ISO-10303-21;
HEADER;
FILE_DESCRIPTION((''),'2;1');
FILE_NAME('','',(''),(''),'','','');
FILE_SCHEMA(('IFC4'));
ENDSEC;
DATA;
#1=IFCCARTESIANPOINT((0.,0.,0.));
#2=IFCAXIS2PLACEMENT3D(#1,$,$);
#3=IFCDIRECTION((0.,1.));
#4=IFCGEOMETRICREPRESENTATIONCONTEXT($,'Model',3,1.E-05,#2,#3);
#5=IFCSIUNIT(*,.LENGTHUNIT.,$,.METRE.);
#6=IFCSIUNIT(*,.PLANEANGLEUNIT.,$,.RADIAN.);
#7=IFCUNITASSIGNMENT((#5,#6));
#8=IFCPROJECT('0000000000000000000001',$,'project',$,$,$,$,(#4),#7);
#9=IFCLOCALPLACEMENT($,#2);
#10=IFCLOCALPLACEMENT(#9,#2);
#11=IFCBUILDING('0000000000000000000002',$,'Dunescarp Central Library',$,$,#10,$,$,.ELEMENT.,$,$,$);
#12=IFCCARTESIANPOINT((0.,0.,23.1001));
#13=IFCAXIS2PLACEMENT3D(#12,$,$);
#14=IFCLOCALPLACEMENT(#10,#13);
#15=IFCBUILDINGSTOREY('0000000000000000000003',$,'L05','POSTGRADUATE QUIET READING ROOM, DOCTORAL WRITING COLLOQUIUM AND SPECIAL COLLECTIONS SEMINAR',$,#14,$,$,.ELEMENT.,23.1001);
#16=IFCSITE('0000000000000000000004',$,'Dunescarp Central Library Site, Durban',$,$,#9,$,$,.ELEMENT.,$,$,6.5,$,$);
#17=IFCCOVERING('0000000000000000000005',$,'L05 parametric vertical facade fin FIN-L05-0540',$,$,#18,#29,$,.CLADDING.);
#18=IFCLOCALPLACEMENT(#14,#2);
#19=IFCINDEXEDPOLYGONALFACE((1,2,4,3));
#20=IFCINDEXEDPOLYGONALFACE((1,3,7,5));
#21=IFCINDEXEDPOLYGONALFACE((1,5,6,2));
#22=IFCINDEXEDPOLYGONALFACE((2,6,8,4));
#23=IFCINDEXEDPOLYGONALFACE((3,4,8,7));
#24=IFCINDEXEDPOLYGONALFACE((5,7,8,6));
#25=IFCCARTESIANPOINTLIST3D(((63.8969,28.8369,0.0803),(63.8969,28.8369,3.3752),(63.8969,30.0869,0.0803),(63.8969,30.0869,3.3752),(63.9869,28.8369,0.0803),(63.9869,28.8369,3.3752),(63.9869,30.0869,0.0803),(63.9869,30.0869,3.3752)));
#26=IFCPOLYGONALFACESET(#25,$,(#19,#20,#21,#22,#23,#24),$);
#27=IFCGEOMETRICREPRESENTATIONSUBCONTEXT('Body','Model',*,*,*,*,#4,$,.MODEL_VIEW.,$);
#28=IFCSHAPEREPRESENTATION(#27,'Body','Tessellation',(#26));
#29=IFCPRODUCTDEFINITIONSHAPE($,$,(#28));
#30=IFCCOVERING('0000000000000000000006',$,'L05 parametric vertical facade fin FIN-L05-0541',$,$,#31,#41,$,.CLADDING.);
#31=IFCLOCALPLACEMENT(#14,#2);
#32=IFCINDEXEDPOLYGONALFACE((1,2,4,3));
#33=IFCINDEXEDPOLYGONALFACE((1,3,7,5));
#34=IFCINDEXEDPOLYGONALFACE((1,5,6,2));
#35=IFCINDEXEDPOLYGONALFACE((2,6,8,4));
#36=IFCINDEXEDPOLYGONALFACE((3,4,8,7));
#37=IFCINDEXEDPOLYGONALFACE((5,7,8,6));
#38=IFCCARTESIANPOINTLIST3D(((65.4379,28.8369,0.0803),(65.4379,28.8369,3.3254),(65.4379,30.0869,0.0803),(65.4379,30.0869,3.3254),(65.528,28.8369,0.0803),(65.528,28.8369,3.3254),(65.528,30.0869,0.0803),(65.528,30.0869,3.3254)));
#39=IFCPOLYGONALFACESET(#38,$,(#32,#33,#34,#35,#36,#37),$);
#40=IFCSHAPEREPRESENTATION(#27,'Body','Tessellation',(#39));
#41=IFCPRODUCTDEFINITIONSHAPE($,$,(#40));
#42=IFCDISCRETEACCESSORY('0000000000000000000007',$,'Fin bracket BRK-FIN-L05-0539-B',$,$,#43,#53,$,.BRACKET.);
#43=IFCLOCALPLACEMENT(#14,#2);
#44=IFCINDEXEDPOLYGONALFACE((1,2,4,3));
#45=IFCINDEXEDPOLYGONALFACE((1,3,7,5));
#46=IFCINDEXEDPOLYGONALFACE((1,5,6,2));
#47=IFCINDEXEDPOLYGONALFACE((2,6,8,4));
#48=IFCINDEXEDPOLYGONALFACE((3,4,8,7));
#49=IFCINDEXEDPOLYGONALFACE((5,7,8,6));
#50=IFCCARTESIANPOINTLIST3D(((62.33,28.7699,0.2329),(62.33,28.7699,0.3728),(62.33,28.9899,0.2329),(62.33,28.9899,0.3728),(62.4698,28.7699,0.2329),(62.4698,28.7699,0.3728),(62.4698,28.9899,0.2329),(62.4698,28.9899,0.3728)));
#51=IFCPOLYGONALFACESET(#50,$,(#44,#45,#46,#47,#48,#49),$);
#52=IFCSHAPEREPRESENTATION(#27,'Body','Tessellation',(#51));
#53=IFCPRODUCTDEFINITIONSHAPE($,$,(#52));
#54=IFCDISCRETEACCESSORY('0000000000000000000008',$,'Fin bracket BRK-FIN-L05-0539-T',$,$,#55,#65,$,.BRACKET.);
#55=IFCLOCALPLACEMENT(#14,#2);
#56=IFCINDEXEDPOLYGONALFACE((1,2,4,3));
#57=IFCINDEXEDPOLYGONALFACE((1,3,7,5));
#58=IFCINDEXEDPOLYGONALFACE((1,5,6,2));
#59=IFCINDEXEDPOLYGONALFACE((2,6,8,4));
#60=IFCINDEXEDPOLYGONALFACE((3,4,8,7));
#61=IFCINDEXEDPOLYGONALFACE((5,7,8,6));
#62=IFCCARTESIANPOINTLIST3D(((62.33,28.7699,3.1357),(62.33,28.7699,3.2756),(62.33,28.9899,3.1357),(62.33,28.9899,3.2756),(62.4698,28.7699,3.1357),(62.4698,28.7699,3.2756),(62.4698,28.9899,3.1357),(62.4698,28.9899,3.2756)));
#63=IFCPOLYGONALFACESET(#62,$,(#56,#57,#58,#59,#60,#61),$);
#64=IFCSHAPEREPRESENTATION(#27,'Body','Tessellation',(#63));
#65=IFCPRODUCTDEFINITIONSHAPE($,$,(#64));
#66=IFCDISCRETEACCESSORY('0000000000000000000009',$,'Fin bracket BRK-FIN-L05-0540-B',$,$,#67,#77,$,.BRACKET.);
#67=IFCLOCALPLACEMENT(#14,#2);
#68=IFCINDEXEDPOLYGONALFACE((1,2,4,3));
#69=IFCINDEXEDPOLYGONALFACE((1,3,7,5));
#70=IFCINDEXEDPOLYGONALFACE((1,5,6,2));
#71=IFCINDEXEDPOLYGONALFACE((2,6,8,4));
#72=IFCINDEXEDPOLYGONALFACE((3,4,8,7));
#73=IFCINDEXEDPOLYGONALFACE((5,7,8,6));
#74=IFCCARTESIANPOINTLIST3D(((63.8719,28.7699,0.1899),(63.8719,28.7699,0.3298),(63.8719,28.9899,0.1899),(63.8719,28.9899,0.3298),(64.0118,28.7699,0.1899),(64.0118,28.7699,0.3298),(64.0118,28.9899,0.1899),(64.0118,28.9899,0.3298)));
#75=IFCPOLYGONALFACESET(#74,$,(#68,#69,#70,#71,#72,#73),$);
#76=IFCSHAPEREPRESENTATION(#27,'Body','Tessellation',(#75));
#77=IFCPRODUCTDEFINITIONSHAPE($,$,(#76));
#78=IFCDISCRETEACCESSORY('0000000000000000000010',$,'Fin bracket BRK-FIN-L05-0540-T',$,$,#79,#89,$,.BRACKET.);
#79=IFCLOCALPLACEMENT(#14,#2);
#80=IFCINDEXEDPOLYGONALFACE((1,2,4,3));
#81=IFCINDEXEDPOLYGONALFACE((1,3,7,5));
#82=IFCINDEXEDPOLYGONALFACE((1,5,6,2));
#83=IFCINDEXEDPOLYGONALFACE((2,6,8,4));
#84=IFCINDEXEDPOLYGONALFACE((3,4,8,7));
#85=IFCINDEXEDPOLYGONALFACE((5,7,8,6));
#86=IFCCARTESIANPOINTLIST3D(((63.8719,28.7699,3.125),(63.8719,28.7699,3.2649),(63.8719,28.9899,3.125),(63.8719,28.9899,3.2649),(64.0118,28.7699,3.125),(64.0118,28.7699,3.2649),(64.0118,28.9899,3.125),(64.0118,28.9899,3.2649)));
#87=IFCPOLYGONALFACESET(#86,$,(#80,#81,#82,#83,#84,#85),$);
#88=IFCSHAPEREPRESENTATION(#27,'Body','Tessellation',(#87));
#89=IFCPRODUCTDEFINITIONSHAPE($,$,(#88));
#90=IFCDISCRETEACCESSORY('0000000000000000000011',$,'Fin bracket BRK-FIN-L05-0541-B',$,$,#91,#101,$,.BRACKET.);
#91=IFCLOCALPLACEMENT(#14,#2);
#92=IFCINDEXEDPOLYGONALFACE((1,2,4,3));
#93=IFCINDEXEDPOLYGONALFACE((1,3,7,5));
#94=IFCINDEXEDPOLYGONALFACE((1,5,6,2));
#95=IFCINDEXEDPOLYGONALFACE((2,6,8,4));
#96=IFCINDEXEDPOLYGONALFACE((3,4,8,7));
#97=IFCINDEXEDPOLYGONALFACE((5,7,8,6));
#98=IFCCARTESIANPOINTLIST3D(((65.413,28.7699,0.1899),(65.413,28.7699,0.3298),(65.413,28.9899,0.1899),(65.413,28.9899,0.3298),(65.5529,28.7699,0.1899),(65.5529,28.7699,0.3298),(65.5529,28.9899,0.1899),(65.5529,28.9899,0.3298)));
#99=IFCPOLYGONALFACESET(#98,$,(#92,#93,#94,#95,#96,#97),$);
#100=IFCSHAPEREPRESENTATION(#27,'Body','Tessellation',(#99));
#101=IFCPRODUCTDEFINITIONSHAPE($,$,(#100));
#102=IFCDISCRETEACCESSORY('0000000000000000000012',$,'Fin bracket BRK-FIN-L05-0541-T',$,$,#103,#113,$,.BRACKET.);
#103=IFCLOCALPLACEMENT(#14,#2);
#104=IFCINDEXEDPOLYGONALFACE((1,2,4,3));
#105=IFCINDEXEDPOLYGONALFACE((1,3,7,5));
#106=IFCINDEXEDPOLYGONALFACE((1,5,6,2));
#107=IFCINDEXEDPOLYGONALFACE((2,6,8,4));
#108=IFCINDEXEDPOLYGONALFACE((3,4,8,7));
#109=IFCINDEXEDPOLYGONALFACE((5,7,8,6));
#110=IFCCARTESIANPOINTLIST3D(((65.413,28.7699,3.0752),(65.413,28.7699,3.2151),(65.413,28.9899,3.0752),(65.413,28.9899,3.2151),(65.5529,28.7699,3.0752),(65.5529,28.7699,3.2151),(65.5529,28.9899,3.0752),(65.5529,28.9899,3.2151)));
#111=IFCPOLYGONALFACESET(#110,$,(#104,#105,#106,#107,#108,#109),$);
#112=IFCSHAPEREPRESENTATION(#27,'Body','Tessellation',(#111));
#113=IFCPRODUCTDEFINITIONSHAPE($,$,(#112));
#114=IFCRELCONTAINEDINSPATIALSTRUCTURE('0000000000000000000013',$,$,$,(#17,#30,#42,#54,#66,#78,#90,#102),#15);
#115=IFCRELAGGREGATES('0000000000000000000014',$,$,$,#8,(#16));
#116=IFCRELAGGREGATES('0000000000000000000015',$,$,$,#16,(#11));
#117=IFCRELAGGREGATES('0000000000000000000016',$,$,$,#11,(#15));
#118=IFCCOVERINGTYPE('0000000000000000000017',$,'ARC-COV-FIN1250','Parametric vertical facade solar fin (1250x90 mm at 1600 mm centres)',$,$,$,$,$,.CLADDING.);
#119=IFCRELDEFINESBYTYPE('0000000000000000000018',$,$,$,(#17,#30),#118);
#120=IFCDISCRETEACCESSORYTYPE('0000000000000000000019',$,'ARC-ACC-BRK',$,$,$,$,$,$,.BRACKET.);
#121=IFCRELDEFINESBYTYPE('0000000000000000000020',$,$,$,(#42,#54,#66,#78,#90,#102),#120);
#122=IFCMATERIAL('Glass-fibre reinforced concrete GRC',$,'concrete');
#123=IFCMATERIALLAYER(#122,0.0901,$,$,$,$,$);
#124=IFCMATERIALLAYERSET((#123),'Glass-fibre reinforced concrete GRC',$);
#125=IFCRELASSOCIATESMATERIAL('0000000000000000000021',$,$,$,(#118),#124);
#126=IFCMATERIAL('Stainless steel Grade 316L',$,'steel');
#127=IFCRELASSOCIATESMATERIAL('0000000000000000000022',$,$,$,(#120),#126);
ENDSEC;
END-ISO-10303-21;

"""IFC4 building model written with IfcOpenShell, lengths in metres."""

from ifc_helpers import new_model, si_unit, direction, frame, origin, origin_2d, place, context, subcontext, project, spatial, rectangle, extrude, material, layer, layer_set, type_object, element, save


model = new_model("IFC4")

# Units and contexts
model_context = context("Model", 3, precision=1e-05, world=origin(), true_north=direction((0.0, 1.0)))
body_context = subcontext(model_context, "Body", "Model", "MODEL_VIEW")
ifc_project = project(units=[si_unit("LENGTHUNIT", "METRE"), si_unit("PLANEANGLEUNIT", "RADIAN")], contexts=[model_context])

# Site, building, storey
site_placement = place(None, origin())
site = spatial("IfcSite", under=ifc_project, at=site_placement, Name="Dunescarp Central Library Site, Durban", CompositionType="ELEMENT", RefElevation=6.5)
building_placement = place(site_placement, origin())
building = spatial("IfcBuilding", under=site, at=building_placement, Name="Dunescarp Central Library", CompositionType="ELEMENT")
storey_placement = place(building_placement, frame((0.0, 0.0, 23.1001)))
storey = spatial("IfcBuildingStorey", under=building, at=storey_placement, Name="L05", Description="POSTGRADUATE QUIET READING ROOM, DOCTORAL WRITING COLLOQUIUM AND SPECIAL COLLECTIONS SEMINAR", CompositionType="ELEMENT", Elevation=23.1001)

# Coverings
ifc_material_1 = material(Name="Glass-fibre reinforced concrete GRC", Category="concrete")
ifc_layer_1 = layer(ifc_material_1, 0.0901)
ifc_layer_set_1 = layer_set([ifc_layer_1], Name="Glass-fibre reinforced concrete GRC")
covering_type = type_object("IfcCoveringType", Name="ARC-COV-FIN1250", Description="Parametric vertical facade solar fin (1250x90 mm at 1600 mm centres)", PredefinedType="CLADDING", material=ifc_layer_set_1)
covering_1_placement = place(storey_placement, frame((63.9419, 29.4619, 0.0803), z_axis=(0.0, 0.0, 1.0), x_axis=(0.0, 1.0, 0.0)))
element("IfcCovering", 1, at=covering_1_placement, inside=storey, type_object=covering_type, Name="L05 parametric vertical facade fin FIN-L05-0540", PredefinedType="CLADDING", context=body_context, shape_type="SweptSolid", body=[
    extrude(rectangle(XDim=1.25, YDim=0.0901, at=origin_2d()), origin(), (0.0, 0.0, 1.0), 3.2949),
])
covering_2_placement = place(storey_placement, frame((65.4829, 29.4619, 0.0803), z_axis=(0.0, 0.0, 1.0), x_axis=(0.0, 1.0, 0.0)))
element("IfcCovering", 2, at=covering_2_placement, inside=storey, type_object=covering_type, Name="L05 parametric vertical facade fin FIN-L05-0541", PredefinedType="CLADDING", context=body_context, shape_type="SweptSolid", body=[
    extrude(rectangle(XDim=1.25, YDim=0.0901, at=origin_2d()), origin(), (0.0, 0.0, 1.0), 3.2451),
])

# Discrete accessories
ifc_material_2 = material(Name="Stainless steel Grade 316L", Category="steel")
discrete_accessory_type = type_object("IfcDiscreteAccessoryType", Name="ARC-ACC-BRK", PredefinedType="BRACKET", material=ifc_material_2)
for number, where, z_axis, x_axis, name in (
    (3, (62.3999, 28.8799, 0.2329), (0.0, 0.0, 1.0), (0.0, 1.0, 0.0), "Fin bracket BRK-FIN-L05-0539-B"),
    (4, (62.3999, 28.8799, 3.1357), (0.0, 0.0, 1.0), (0.0, 1.0, 0.0), "Fin bracket BRK-FIN-L05-0539-T"),
    (5, (63.9419, 28.8799, 0.1899), (0.0, 0.0, 1.0), (0.0, 1.0, 0.0), "Fin bracket BRK-FIN-L05-0540-B"),
    (6, (63.9419, 28.8799, 3.125), (0.0, 0.0, 1.0), (0.0, 1.0, 0.0), "Fin bracket BRK-FIN-L05-0540-T"),
    (7, (65.4829, 28.8799, 0.1899), (0.0, 0.0, 1.0), (0.0, 1.0, 0.0), "Fin bracket BRK-FIN-L05-0541-B"),
    (8, (65.4829, 28.8799, 3.0752), (0.0, 0.0, 1.0), (0.0, 1.0, 0.0), "Fin bracket BRK-FIN-L05-0541-T"),
):
    element("IfcDiscreteAccessory", number, at=place(storey_placement, frame(where, z_axis=z_axis, x_axis=x_axis)), inside=storey, type_object=discrete_accessory_type, Name=name, PredefinedType="BRACKET", context=body_context, shape_type="SweptSolid", body=[
        extrude(rectangle(XDim=0.22, YDim=0.1399, at=origin_2d()), origin(), (0.0, 0.0, 1.0), 0.1399),
    ])

save(model, "model.ifc")
